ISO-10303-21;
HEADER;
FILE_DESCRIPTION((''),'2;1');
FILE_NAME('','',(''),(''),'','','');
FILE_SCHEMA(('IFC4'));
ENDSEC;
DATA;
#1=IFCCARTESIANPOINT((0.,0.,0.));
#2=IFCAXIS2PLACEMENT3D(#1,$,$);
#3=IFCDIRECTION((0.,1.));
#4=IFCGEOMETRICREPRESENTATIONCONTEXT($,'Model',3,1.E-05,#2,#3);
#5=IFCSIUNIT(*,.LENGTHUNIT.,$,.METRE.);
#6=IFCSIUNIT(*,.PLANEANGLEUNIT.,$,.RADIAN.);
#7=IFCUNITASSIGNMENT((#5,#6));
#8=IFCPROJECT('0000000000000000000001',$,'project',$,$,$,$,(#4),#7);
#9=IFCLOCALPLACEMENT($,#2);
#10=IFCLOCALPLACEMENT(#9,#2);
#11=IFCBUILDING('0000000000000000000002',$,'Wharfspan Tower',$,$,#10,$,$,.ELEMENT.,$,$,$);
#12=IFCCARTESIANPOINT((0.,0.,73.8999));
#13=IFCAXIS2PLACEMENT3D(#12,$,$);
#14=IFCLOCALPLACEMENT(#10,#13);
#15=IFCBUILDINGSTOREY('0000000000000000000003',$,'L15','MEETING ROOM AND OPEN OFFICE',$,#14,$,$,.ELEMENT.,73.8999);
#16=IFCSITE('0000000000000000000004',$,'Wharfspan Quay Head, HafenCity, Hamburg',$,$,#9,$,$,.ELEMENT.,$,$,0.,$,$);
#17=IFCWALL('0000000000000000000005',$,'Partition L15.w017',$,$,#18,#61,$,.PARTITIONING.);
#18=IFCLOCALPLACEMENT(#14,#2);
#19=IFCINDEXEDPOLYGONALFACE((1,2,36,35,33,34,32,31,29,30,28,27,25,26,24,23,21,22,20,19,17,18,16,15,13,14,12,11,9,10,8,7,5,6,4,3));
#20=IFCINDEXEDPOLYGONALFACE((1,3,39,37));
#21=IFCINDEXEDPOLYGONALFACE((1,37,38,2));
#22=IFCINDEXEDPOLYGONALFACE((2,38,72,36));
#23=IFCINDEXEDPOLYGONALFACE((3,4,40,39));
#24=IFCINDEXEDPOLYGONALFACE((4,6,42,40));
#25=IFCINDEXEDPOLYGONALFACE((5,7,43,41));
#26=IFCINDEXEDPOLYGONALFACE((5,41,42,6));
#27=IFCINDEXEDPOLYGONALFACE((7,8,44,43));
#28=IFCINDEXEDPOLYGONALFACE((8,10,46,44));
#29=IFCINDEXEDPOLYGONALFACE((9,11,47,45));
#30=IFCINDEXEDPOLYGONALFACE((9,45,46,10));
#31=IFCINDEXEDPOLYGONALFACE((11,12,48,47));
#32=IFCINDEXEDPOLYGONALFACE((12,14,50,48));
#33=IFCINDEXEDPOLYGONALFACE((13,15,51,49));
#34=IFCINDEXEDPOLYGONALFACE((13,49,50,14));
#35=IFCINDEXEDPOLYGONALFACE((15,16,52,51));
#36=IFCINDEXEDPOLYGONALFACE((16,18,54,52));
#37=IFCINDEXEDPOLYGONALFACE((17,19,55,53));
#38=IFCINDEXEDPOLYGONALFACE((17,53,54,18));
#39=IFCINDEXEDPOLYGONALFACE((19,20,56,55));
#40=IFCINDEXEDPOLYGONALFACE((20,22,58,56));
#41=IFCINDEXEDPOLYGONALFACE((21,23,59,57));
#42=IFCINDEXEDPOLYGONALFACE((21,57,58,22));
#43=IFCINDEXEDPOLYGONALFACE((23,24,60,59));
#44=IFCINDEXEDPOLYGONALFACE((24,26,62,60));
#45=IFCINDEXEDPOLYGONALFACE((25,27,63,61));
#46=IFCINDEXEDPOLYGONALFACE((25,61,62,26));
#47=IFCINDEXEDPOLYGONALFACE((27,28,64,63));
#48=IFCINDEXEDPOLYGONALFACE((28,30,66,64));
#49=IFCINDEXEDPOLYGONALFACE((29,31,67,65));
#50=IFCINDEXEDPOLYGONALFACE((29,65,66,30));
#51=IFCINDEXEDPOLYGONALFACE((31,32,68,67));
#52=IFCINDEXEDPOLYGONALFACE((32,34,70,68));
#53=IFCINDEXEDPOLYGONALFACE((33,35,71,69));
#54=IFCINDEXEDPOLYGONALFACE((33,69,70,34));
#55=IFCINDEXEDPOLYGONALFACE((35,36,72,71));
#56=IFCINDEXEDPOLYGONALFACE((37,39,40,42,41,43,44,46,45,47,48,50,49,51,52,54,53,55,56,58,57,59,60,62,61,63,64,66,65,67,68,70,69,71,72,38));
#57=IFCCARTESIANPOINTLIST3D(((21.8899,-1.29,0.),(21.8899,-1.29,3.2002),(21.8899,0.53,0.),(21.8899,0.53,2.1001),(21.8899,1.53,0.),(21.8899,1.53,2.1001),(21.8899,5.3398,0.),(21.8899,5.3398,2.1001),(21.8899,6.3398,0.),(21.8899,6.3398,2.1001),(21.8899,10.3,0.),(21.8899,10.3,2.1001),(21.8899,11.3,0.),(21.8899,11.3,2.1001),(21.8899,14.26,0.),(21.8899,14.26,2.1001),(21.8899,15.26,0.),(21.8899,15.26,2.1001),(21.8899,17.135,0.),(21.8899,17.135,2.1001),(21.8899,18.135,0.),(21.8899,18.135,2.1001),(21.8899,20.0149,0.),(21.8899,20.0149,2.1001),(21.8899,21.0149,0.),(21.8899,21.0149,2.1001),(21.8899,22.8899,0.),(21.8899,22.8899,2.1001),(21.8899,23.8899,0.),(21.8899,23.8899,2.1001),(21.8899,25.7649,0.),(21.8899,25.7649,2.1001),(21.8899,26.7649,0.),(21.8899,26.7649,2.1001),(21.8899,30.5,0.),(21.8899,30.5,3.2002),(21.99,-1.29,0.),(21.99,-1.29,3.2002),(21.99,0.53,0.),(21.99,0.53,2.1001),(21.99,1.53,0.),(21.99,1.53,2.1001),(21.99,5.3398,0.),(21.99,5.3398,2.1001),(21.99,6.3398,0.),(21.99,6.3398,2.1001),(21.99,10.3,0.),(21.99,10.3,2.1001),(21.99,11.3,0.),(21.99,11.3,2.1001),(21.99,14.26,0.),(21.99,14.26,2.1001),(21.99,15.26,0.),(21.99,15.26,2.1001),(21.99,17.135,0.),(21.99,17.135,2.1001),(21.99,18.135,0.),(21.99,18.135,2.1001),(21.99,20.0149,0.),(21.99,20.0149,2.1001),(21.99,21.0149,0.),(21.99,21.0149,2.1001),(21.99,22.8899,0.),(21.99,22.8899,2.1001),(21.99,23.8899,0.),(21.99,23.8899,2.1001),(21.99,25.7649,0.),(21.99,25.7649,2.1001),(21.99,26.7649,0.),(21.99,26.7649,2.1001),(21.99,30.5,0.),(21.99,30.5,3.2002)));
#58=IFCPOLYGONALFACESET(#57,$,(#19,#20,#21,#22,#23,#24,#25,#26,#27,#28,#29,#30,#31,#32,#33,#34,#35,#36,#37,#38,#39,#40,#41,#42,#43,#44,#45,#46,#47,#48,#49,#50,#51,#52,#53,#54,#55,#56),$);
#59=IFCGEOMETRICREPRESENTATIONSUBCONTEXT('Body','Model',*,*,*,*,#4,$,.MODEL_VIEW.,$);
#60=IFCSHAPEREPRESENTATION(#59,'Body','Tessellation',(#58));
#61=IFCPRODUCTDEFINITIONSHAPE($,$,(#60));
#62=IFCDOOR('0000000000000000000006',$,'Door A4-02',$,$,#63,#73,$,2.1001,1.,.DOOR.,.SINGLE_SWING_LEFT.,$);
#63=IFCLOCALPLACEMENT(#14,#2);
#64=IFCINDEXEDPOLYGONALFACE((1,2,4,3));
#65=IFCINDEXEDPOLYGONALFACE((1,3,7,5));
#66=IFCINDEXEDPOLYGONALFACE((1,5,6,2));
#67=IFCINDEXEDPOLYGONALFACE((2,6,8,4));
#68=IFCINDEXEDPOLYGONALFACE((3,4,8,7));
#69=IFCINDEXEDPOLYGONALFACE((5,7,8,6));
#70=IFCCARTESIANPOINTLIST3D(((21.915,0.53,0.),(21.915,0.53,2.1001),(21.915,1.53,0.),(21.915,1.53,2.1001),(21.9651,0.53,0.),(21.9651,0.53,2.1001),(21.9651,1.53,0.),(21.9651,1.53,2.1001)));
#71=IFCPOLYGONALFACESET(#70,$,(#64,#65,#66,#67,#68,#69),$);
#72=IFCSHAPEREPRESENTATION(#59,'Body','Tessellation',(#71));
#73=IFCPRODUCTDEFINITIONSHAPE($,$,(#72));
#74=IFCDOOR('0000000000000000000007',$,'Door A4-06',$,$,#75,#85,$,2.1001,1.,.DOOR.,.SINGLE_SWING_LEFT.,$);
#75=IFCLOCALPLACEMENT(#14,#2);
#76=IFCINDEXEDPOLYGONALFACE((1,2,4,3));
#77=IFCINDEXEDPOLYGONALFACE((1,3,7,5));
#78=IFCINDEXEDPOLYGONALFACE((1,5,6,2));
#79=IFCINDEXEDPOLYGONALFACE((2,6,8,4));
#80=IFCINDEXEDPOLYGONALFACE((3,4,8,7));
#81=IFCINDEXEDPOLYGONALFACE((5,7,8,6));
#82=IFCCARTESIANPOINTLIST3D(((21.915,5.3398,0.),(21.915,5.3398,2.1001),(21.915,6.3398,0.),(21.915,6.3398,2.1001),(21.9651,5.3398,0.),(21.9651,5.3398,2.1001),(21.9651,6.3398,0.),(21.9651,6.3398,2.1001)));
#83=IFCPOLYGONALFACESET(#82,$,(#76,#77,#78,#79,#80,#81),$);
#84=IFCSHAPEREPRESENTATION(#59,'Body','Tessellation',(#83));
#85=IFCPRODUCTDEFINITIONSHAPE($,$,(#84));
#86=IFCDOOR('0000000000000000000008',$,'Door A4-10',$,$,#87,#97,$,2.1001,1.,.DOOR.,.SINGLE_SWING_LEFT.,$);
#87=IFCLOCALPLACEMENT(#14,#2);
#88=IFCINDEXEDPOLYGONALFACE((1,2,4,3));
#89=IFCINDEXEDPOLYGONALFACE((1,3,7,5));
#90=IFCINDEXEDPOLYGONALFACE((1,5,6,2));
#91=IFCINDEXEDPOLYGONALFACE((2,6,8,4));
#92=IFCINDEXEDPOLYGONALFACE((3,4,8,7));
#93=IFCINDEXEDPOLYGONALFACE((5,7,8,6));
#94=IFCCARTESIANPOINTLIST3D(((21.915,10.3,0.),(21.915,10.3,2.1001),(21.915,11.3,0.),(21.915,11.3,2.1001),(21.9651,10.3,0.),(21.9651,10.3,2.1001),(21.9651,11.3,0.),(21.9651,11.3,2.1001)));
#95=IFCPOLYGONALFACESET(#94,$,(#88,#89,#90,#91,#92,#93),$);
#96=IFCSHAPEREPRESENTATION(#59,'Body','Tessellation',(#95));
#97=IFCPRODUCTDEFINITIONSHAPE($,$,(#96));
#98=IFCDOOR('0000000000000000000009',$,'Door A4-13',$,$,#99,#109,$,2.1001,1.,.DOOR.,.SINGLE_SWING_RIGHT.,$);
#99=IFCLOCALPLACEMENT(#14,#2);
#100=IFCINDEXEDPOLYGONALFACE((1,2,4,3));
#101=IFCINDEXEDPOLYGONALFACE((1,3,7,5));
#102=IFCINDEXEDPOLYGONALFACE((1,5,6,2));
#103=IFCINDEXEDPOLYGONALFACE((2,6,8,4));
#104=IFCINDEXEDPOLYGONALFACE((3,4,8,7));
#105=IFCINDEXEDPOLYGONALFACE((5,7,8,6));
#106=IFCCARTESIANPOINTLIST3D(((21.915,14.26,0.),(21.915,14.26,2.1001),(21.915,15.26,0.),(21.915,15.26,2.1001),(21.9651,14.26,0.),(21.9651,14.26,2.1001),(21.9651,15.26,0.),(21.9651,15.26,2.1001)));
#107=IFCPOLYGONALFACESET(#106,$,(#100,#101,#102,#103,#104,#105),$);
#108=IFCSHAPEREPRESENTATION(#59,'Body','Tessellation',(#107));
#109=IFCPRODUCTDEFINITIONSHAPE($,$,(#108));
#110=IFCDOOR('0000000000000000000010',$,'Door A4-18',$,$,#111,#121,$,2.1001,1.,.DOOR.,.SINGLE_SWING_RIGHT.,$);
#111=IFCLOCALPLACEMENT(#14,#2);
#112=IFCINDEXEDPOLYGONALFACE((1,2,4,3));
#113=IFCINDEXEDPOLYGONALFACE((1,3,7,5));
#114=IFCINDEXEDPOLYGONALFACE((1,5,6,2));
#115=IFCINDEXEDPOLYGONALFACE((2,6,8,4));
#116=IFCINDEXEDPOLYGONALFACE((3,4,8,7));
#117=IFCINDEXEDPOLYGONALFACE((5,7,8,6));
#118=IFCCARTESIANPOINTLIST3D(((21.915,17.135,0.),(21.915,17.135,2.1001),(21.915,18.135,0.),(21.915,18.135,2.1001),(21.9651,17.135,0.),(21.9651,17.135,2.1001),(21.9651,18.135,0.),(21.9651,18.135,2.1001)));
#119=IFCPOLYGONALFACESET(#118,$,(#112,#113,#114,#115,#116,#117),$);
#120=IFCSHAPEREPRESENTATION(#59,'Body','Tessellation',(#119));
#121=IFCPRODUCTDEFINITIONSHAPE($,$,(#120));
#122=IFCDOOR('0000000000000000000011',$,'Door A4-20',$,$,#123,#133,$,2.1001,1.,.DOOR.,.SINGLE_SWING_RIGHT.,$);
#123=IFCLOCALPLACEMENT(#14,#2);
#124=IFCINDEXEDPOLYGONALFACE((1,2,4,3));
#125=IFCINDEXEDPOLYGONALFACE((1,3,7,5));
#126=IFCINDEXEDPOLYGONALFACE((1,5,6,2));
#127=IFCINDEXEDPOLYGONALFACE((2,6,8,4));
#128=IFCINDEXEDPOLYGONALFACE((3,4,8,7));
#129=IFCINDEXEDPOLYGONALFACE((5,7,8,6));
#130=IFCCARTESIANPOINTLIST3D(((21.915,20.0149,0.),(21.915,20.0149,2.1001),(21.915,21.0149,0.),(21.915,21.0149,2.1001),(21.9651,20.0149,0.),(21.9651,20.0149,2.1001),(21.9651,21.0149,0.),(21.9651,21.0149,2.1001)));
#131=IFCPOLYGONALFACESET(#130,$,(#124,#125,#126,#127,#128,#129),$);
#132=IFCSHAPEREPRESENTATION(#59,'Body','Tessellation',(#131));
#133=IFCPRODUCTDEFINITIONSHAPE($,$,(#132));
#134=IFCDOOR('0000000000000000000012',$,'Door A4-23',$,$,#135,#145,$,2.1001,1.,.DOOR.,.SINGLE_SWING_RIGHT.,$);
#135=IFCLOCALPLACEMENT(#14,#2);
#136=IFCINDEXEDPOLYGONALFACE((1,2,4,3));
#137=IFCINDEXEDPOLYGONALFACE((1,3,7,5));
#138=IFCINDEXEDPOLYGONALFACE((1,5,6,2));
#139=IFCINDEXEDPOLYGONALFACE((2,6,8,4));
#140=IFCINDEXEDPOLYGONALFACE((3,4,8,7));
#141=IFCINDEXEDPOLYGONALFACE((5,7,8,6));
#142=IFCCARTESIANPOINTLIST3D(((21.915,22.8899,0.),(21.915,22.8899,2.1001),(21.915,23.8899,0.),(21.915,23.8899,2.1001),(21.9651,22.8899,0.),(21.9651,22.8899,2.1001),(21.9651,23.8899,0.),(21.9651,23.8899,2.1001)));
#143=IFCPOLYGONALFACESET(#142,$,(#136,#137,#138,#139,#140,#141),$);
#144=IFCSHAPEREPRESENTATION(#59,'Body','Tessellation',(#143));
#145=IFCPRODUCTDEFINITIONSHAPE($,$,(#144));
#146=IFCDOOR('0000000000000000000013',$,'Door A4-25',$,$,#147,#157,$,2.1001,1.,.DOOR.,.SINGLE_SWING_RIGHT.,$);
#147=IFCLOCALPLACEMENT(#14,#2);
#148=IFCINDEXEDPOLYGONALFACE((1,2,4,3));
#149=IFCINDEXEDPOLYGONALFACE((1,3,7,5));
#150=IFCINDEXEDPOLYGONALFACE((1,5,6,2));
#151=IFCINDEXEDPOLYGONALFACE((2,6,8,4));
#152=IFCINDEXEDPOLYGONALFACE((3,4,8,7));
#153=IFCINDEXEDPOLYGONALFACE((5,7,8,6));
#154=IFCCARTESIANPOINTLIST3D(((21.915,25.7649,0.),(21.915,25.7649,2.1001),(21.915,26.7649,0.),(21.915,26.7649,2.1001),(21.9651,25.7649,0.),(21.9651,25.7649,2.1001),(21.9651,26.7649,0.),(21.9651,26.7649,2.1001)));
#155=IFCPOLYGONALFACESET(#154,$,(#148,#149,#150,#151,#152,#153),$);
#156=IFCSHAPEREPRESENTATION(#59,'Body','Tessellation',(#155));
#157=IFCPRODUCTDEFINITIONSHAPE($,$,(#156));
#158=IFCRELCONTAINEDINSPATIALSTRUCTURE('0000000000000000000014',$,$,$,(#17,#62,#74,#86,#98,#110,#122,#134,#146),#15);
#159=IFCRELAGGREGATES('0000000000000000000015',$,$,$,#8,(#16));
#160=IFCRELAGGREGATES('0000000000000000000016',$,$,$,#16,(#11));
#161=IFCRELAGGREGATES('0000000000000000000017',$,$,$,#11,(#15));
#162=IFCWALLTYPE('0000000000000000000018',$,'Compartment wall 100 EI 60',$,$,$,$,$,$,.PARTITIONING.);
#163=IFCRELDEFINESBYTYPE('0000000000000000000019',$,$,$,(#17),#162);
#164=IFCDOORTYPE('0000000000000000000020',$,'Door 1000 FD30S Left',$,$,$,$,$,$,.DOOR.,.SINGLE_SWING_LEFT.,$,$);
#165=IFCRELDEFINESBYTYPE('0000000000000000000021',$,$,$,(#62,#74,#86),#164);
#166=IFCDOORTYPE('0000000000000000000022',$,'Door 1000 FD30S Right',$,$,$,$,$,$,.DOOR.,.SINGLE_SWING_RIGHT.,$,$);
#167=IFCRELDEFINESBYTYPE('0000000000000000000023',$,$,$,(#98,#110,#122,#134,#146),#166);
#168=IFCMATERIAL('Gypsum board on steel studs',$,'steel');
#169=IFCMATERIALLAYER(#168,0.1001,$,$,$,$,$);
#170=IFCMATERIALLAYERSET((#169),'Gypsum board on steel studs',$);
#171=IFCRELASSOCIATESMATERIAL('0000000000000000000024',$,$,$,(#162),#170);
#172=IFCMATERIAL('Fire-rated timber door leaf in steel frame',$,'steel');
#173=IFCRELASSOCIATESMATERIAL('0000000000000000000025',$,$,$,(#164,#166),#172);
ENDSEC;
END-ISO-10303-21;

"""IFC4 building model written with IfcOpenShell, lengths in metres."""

from ifc_helpers import new_model, si_unit, direction, frame, frame_2d, origin, place, context, subcontext, project, spatial, rectangle, extrude, material, layer, layer_set, type_object, element, fill, save


model = new_model("IFC4")

# Units and contexts
model_context = context("Model", 3, precision=1e-05, world=origin(), true_north=direction((0.0, 1.0)))
body_context = subcontext(model_context, "Body", "Model", "MODEL_VIEW")
ifc_project = project(units=[si_unit("LENGTHUNIT", "METRE"), si_unit("PLANEANGLEUNIT", "RADIAN")], contexts=[model_context])

# Site, building, storey
site_placement = place(None, origin())
site = spatial("IfcSite", under=ifc_project, at=site_placement, Name="Wharfspan Quay Head, HafenCity, Hamburg", CompositionType="ELEMENT", RefElevation=0.0)
building_placement = place(site_placement, origin())
building = spatial("IfcBuilding", under=site, at=building_placement, Name="Wharfspan Tower", CompositionType="ELEMENT")
storey_placement = place(building_placement, frame((0.0, 0.0, 73.8999)))
storey = spatial("IfcBuildingStorey", under=building, at=storey_placement, Name="L15", Description="MEETING ROOM AND OPEN OFFICE", CompositionType="ELEMENT", Elevation=73.8999)

# Wall, openings, doors
ifc_material_1 = material(Name="Gypsum board on steel studs", Category="steel")
ifc_layer_1 = layer(ifc_material_1, 0.1001)
ifc_layer_set_1 = layer_set([ifc_layer_1], Name="Gypsum board on steel studs")
wall_type = type_object("IfcWallType", Name="Compartment wall 100 EI 60", PredefinedType="PARTITIONING", material=ifc_layer_set_1)
ifc_material_2 = material(Name="Fire-rated timber door leaf in steel frame", Category="steel")
door_type_1 = type_object("IfcDoorType", Name="Door 1000 FD30S Left", OperationType="SINGLE_SWING_LEFT", PredefinedType="DOOR", material=ifc_material_2)
door_type_2 = type_object("IfcDoorType", Name="Door 1000 FD30S Right", OperationType="SINGLE_SWING_RIGHT", PredefinedType="DOOR", material=ifc_material_2)
wall_1_placement = place(storey_placement, frame((21.9399, -1.29, 0.0), z_axis=(0.0, 0.0, 1.0), x_axis=(0.0, 1.0, 0.0)))
wall_1 = element("IfcWall", 1, at=wall_1_placement, inside=storey, type_object=wall_type, Name="Partition L15.w017", PredefinedType="PARTITIONING", context=body_context, shape_type="SweptSolid", body=[
    extrude(rectangle(XDim=31.79, YDim=0.1001, at=frame_2d((15.895, 0.0))), origin(), (0.0, 0.0, 1.0), 3.2002),
])
opening_1_placement = place(wall_1_placement, frame((1.8201, 0.0, 0.0)))
opening_1 = element("IfcOpeningElement", 2, at=opening_1_placement, cuts=wall_1, PredefinedType="OPENING", context=body_context, shape_type="SweptSolid", body=[
    extrude(rectangle(XDim=1.0, YDim=2.1001, at=frame_2d((0.5, 1.05))), frame((0.0, 0.0601, 0.0), z_axis=(0.0, -1.0, 0.0), x_axis=(1.0, 0.0, 0.0)), (0.0, 0.0, 1.0), 0.1201),
])
opening_2_placement = place(wall_1_placement, frame((6.6299, 0.0, 0.0)))
opening_2 = element("IfcOpeningElement", 3, at=opening_2_placement, cuts=wall_1, PredefinedType="OPENING", context=body_context, shape_type="SweptSolid", body=[
    extrude(rectangle(XDim=1.0, YDim=2.1001, at=frame_2d((0.5, 1.05))), frame((0.0, 0.0601, 0.0), z_axis=(0.0, -1.0, 0.0), x_axis=(1.0, 0.0, 0.0)), (0.0, 0.0, 1.0), 0.1201),
])
opening_3_placement = place(wall_1_placement, frame((11.5901, 0.0, 0.0)))
opening_3 = element("IfcOpeningElement", 4, at=opening_3_placement, cuts=wall_1, PredefinedType="OPENING", context=body_context, shape_type="SweptSolid", body=[
    extrude(rectangle(XDim=1.0, YDim=2.1001, at=frame_2d((0.5, 1.05))), frame((0.0, 0.0601, 0.0), z_axis=(0.0, -1.0, 0.0), x_axis=(1.0, 0.0, 0.0)), (0.0, 0.0, 1.0), 0.1201),
])
opening_4_placement = place(wall_1_placement, frame((15.55, 0.0, 0.0)))
opening_4 = element("IfcOpeningElement", 5, at=opening_4_placement, cuts=wall_1, PredefinedType="OPENING", context=body_context, shape_type="SweptSolid", body=[
    extrude(rectangle(XDim=1.0, YDim=2.1001, at=frame_2d((0.5, 1.05))), frame((0.0, 0.0601, 0.0), z_axis=(0.0, -1.0, 0.0), x_axis=(1.0, 0.0, 0.0)), (0.0, 0.0, 1.0), 0.1201),
])
opening_5_placement = place(wall_1_placement, frame((18.425, 0.0, 0.0)))
opening_5 = element("IfcOpeningElement", 6, at=opening_5_placement, cuts=wall_1, PredefinedType="OPENING", context=body_context, shape_type="SweptSolid", body=[
    extrude(rectangle(XDim=1.0, YDim=2.1001, at=frame_2d((0.5, 1.05))), frame((0.0, 0.0601, 0.0), z_axis=(0.0, -1.0, 0.0), x_axis=(1.0, 0.0, 0.0)), (0.0, 0.0, 1.0), 0.1201),
])
opening_6_placement = place(wall_1_placement, frame((21.3049, 0.0, 0.0)))
opening_6 = element("IfcOpeningElement", 7, at=opening_6_placement, cuts=wall_1, PredefinedType="OPENING", context=body_context, shape_type="SweptSolid", body=[
    extrude(rectangle(XDim=1.0, YDim=2.1001, at=frame_2d((0.5, 1.05))), frame((0.0, 0.0601, 0.0), z_axis=(0.0, -1.0, 0.0), x_axis=(1.0, 0.0, 0.0)), (0.0, 0.0, 1.0), 0.1201),
])
opening_7_placement = place(wall_1_placement, frame((24.1799, 0.0, 0.0)))
opening_7 = element("IfcOpeningElement", 8, at=opening_7_placement, cuts=wall_1, PredefinedType="OPENING", context=body_context, shape_type="SweptSolid", body=[
    extrude(rectangle(XDim=1.0, YDim=2.1001, at=frame_2d((0.5, 1.05))), frame((0.0, 0.0601, 0.0), z_axis=(0.0, -1.0, 0.0), x_axis=(1.0, 0.0, 0.0)), (0.0, 0.0, 1.0), 0.1201),
])
opening_8_placement = place(wall_1_placement, frame((27.0549, 0.0, 0.0)))
opening_8 = element("IfcOpeningElement", 9, at=opening_8_placement, cuts=wall_1, PredefinedType="OPENING", context=body_context, shape_type="SweptSolid", body=[
    extrude(rectangle(XDim=1.0, YDim=2.1001, at=frame_2d((0.5, 1.05))), frame((0.0, 0.0601, 0.0), z_axis=(0.0, -1.0, 0.0), x_axis=(1.0, 0.0, 0.0)), (0.0, 0.0, 1.0), 0.1201),
])
door_1_placement = place(opening_1_placement, origin())
door_1 = element("IfcDoor", 10, at=door_1_placement, inside=storey, type_object=door_type_1, Name="Door A4-02", OperationType="SINGLE_SWING_LEFT", OverallHeight=2.1001, OverallWidth=1.0, PredefinedType="DOOR", context=body_context, shape_type="SweptSolid", body=[
    extrude(rectangle(XDim=1.0, YDim=2.1001, at=frame_2d((0.5, 1.05))), frame((0.0, 0.0249, 0.0), z_axis=(0.0, -1.0, 0.0), x_axis=(1.0, 0.0, 0.0)), (0.0, 0.0, 1.0), 0.05),
])
fill(opening_1, door_1)
door_2_placement = place(opening_2_placement, origin())
door_2 = element("IfcDoor", 11, at=door_2_placement, inside=storey, type_object=door_type_1, Name="Door A4-06", OperationType="SINGLE_SWING_LEFT", OverallHeight=2.1001, OverallWidth=1.0, PredefinedType="DOOR", context=body_context, shape_type="SweptSolid", body=[
    extrude(rectangle(XDim=1.0, YDim=2.1001, at=frame_2d((0.5, 1.05))), frame((0.0, 0.0249, 0.0), z_axis=(0.0, -1.0, 0.0), x_axis=(1.0, 0.0, 0.0)), (0.0, 0.0, 1.0), 0.05),
])
fill(opening_2, door_2)
door_3_placement = place(opening_3_placement, origin())
door_3 = element("IfcDoor", 12, at=door_3_placement, inside=storey, type_object=door_type_1, Name="Door A4-10", OperationType="SINGLE_SWING_LEFT", OverallHeight=2.1001, OverallWidth=1.0, PredefinedType="DOOR", context=body_context, shape_type="SweptSolid", body=[
    extrude(rectangle(XDim=1.0, YDim=2.1001, at=frame_2d((0.5, 1.05))), frame((0.0, 0.0249, 0.0), z_axis=(0.0, -1.0, 0.0), x_axis=(1.0, 0.0, 0.0)), (0.0, 0.0, 1.0), 0.05),
])
fill(opening_3, door_3)
door_4_placement = place(opening_4_placement, origin())
door_4 = element("IfcDoor", 13, at=door_4_placement, inside=storey, type_object=door_type_2, Name="Door A4-13", OperationType="SINGLE_SWING_RIGHT", OverallHeight=2.1001, OverallWidth=1.0, PredefinedType="DOOR", context=body_context, shape_type="SweptSolid", body=[
    extrude(rectangle(XDim=1.0, YDim=2.1001, at=frame_2d((0.5, 1.05))), frame((0.0, 0.0249, 0.0), z_axis=(0.0, -1.0, 0.0), x_axis=(1.0, 0.0, 0.0)), (0.0, 0.0, 1.0), 0.05),
])
fill(opening_4, door_4)
door_5_placement = place(opening_5_placement, origin())
door_5 = element("IfcDoor", 14, at=door_5_placement, inside=storey, type_object=door_type_2, Name="Door A4-18", OperationType="SINGLE_SWING_RIGHT", OverallHeight=2.1001, OverallWidth=1.0, PredefinedType="DOOR", context=body_context, shape_type="SweptSolid", body=[
    extrude(rectangle(XDim=1.0, YDim=2.1001, at=frame_2d((0.5, 1.05))), frame((0.0, 0.0249, 0.0), z_axis=(0.0, -1.0, 0.0), x_axis=(1.0, 0.0, 0.0)), (0.0, 0.0, 1.0), 0.05),
])
fill(opening_5, door_5)
door_6_placement = place(opening_6_placement, origin())
door_6 = element("IfcDoor", 15, at=door_6_placement, inside=storey, type_object=door_type_2, Name="Door A4-20", OperationType="SINGLE_SWING_RIGHT", OverallHeight=2.1001, OverallWidth=1.0, PredefinedType="DOOR", context=body_context, shape_type="SweptSolid", body=[
    extrude(rectangle(XDim=1.0, YDim=2.1001, at=frame_2d((0.5, 1.05))), frame((0.0, 0.0249, 0.0), z_axis=(0.0, -1.0, 0.0), x_axis=(1.0, 0.0, 0.0)), (0.0, 0.0, 1.0), 0.05),
])
fill(opening_6, door_6)
door_7_placement = place(opening_7_placement, origin())
door_7 = element("IfcDoor", 16, at=door_7_placement, inside=storey, type_object=door_type_2, Name="Door A4-23", OperationType="SINGLE_SWING_RIGHT", OverallHeight=2.1001, OverallWidth=1.0, PredefinedType="DOOR", context=body_context, shape_type="SweptSolid", body=[
    extrude(rectangle(XDim=1.0, YDim=2.1001, at=frame_2d((0.5, 1.05))), frame((0.0, 0.0249, 0.0), z_axis=(0.0, -1.0, 0.0), x_axis=(1.0, 0.0, 0.0)), (0.0, 0.0, 1.0), 0.05),
])
fill(opening_7, door_7)
door_8_placement = place(opening_8_placement, origin())
door_8 = element("IfcDoor", 17, at=door_8_placement, inside=storey, type_object=door_type_2, Name="Door A4-25", OperationType="SINGLE_SWING_RIGHT", OverallHeight=2.1001, OverallWidth=1.0, PredefinedType="DOOR", context=body_context, shape_type="SweptSolid", body=[
    extrude(rectangle(XDim=1.0, YDim=2.1001, at=frame_2d((0.5, 1.05))), frame((0.0, 0.0249, 0.0), z_axis=(0.0, -1.0, 0.0), x_axis=(1.0, 0.0, 0.0)), (0.0, 0.0, 1.0), 0.05),
])
fill(opening_8, door_8)

save(model, "model.ifc")
